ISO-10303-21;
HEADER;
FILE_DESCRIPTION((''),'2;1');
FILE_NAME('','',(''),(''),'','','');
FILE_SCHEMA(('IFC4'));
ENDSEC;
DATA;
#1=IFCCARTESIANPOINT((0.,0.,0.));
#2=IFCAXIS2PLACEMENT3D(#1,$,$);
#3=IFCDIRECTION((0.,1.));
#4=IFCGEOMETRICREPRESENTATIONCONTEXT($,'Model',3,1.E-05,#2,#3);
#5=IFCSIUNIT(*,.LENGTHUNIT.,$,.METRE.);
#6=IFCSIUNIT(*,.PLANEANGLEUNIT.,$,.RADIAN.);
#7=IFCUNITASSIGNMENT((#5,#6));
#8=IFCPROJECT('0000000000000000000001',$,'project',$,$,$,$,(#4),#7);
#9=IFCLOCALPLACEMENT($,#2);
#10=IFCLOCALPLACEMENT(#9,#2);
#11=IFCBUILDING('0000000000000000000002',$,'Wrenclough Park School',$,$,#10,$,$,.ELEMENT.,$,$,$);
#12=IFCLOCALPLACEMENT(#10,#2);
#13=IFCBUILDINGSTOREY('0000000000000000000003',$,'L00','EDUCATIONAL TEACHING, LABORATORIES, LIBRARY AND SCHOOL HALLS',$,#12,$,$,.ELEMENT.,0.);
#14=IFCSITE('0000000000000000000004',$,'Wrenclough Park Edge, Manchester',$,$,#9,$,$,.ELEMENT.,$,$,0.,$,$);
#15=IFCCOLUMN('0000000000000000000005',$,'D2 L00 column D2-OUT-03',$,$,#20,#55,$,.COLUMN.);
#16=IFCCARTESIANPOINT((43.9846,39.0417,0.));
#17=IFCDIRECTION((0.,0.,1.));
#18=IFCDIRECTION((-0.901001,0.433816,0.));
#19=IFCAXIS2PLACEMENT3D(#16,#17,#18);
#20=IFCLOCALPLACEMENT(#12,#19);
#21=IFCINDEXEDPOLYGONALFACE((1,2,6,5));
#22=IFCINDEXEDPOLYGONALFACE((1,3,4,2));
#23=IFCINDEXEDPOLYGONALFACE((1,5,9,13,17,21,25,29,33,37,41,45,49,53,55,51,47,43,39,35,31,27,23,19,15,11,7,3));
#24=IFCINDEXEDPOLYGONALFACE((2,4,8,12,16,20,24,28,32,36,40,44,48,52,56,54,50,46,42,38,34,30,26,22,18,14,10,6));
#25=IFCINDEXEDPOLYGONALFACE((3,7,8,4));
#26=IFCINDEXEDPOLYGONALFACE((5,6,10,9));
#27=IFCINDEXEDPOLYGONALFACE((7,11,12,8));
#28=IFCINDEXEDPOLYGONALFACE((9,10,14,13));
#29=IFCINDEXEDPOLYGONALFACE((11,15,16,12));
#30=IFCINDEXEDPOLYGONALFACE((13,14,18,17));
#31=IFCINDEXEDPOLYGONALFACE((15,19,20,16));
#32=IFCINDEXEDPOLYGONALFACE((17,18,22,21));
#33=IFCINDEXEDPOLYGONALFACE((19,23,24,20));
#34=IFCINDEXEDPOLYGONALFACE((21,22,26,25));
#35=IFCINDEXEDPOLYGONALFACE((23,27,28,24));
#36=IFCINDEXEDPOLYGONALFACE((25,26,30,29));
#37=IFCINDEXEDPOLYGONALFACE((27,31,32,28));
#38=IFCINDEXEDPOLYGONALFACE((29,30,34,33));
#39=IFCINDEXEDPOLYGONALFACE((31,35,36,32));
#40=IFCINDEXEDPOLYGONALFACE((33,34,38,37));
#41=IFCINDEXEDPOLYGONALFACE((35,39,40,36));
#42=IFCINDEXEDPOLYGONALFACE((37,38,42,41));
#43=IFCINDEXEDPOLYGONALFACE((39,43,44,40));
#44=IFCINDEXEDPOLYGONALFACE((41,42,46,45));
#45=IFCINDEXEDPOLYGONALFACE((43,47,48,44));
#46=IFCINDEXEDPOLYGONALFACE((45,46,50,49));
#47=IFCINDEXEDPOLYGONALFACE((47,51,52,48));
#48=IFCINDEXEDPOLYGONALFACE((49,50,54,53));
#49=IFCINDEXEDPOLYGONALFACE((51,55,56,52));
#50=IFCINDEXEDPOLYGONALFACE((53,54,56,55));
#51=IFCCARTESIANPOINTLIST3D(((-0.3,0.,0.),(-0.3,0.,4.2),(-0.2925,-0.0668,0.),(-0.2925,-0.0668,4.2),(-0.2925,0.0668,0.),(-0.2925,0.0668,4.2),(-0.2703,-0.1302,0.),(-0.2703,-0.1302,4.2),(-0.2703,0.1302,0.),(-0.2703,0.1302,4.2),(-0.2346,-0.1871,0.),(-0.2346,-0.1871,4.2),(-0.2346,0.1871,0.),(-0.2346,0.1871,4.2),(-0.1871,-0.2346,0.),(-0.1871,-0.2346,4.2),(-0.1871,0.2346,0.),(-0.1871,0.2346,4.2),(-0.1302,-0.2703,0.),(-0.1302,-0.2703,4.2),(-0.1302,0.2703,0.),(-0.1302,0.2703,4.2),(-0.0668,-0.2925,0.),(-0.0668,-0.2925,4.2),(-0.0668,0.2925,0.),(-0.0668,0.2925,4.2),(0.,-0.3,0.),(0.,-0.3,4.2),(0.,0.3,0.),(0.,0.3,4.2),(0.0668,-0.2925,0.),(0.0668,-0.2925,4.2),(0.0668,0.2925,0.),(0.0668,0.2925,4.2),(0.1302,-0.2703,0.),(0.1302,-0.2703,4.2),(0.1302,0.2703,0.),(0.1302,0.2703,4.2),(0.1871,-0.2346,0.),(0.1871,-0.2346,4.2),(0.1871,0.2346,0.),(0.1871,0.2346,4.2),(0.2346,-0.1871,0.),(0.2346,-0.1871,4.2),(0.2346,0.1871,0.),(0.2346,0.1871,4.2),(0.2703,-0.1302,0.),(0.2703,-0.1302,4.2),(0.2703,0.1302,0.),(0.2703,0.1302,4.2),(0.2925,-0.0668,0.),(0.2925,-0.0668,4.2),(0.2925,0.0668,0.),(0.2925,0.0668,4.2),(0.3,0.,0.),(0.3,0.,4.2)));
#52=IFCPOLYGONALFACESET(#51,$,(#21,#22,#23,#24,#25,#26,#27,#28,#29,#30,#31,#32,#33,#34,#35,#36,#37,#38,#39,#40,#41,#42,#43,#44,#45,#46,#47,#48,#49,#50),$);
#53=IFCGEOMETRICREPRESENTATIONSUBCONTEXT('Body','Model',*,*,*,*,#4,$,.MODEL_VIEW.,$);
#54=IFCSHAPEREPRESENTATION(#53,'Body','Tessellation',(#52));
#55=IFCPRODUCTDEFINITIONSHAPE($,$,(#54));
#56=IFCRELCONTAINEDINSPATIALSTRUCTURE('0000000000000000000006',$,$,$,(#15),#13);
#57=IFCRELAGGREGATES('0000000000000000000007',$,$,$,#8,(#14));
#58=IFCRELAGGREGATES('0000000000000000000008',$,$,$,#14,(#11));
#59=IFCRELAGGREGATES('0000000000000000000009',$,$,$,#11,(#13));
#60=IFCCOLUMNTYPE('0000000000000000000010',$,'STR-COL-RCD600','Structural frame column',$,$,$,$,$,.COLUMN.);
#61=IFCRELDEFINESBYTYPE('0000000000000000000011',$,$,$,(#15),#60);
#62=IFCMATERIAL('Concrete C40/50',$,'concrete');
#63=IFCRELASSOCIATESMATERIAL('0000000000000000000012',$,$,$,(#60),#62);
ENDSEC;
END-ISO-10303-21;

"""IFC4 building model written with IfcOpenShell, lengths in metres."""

from ifc_helpers import new_model, si_unit, direction, frame, origin, origin_2d, place, context, subcontext, project, spatial, circle, extrude, material, material_profile, profile_set, type_object, element, save


model = new_model("IFC4")

# Units and contexts
model_context = context("Model", 3, precision=1e-05, world=origin(), true_north=direction((0.0, 1.0)))
body_context = subcontext(model_context, "Body", "Model", "MODEL_VIEW")
ifc_project = project(units=[si_unit("LENGTHUNIT", "METRE"), si_unit("PLANEANGLEUNIT", "RADIAN")], contexts=[model_context])

# Site, building, storey
site_placement = place(None, origin())
site = spatial("IfcSite", under=ifc_project, at=site_placement, Name="Wrenclough Park Edge, Manchester", CompositionType="ELEMENT", RefElevation=0.0)
building_placement = place(site_placement, origin())
building = spatial("IfcBuilding", under=site, at=building_placement, Name="Wrenclough Park School", CompositionType="ELEMENT")
storey_placement = place(building_placement, origin())
storey = spatial("IfcBuildingStorey", under=building, at=storey_placement, Name="L00", Description="EDUCATIONAL TEACHING, LABORATORIES, LIBRARY AND SCHOOL HALLS", CompositionType="ELEMENT", Elevation=0.0)

# Column
ifc_material_1 = material(Name="Concrete C40/50", Category="concrete")
ifc_material_profile_1 = material_profile(ifc_material_1, circle(Radius=0.3, at=origin_2d()), Name="RC COL D600")
ifc_profile_set_1 = profile_set([ifc_material_profile_1], Name="Concrete C40/50")
column_type = type_object("IfcColumnType", Name="STR-COL-RCD600", Description="Structural frame column", PredefinedType="COLUMN", material=ifc_profile_set_1)
column_placement = place(storey_placement, frame((43.9846, 39.0417, 0.0), z_axis=(0.0, 0.0, 1.0), x_axis=(-0.901001, 0.433816, 0.0)))
element("IfcColumn", 1, at=column_placement, inside=storey, type_object=column_type, Name="D2 L00 column D2-OUT-03", PredefinedType="COLUMN", context=body_context, shape_type="SweptSolid", body=[
    extrude(circle(Radius=0.3, at=origin_2d()), origin(), (0.0, 0.0, 1.0), 4.2),
])

save(model, "model.ifc")
